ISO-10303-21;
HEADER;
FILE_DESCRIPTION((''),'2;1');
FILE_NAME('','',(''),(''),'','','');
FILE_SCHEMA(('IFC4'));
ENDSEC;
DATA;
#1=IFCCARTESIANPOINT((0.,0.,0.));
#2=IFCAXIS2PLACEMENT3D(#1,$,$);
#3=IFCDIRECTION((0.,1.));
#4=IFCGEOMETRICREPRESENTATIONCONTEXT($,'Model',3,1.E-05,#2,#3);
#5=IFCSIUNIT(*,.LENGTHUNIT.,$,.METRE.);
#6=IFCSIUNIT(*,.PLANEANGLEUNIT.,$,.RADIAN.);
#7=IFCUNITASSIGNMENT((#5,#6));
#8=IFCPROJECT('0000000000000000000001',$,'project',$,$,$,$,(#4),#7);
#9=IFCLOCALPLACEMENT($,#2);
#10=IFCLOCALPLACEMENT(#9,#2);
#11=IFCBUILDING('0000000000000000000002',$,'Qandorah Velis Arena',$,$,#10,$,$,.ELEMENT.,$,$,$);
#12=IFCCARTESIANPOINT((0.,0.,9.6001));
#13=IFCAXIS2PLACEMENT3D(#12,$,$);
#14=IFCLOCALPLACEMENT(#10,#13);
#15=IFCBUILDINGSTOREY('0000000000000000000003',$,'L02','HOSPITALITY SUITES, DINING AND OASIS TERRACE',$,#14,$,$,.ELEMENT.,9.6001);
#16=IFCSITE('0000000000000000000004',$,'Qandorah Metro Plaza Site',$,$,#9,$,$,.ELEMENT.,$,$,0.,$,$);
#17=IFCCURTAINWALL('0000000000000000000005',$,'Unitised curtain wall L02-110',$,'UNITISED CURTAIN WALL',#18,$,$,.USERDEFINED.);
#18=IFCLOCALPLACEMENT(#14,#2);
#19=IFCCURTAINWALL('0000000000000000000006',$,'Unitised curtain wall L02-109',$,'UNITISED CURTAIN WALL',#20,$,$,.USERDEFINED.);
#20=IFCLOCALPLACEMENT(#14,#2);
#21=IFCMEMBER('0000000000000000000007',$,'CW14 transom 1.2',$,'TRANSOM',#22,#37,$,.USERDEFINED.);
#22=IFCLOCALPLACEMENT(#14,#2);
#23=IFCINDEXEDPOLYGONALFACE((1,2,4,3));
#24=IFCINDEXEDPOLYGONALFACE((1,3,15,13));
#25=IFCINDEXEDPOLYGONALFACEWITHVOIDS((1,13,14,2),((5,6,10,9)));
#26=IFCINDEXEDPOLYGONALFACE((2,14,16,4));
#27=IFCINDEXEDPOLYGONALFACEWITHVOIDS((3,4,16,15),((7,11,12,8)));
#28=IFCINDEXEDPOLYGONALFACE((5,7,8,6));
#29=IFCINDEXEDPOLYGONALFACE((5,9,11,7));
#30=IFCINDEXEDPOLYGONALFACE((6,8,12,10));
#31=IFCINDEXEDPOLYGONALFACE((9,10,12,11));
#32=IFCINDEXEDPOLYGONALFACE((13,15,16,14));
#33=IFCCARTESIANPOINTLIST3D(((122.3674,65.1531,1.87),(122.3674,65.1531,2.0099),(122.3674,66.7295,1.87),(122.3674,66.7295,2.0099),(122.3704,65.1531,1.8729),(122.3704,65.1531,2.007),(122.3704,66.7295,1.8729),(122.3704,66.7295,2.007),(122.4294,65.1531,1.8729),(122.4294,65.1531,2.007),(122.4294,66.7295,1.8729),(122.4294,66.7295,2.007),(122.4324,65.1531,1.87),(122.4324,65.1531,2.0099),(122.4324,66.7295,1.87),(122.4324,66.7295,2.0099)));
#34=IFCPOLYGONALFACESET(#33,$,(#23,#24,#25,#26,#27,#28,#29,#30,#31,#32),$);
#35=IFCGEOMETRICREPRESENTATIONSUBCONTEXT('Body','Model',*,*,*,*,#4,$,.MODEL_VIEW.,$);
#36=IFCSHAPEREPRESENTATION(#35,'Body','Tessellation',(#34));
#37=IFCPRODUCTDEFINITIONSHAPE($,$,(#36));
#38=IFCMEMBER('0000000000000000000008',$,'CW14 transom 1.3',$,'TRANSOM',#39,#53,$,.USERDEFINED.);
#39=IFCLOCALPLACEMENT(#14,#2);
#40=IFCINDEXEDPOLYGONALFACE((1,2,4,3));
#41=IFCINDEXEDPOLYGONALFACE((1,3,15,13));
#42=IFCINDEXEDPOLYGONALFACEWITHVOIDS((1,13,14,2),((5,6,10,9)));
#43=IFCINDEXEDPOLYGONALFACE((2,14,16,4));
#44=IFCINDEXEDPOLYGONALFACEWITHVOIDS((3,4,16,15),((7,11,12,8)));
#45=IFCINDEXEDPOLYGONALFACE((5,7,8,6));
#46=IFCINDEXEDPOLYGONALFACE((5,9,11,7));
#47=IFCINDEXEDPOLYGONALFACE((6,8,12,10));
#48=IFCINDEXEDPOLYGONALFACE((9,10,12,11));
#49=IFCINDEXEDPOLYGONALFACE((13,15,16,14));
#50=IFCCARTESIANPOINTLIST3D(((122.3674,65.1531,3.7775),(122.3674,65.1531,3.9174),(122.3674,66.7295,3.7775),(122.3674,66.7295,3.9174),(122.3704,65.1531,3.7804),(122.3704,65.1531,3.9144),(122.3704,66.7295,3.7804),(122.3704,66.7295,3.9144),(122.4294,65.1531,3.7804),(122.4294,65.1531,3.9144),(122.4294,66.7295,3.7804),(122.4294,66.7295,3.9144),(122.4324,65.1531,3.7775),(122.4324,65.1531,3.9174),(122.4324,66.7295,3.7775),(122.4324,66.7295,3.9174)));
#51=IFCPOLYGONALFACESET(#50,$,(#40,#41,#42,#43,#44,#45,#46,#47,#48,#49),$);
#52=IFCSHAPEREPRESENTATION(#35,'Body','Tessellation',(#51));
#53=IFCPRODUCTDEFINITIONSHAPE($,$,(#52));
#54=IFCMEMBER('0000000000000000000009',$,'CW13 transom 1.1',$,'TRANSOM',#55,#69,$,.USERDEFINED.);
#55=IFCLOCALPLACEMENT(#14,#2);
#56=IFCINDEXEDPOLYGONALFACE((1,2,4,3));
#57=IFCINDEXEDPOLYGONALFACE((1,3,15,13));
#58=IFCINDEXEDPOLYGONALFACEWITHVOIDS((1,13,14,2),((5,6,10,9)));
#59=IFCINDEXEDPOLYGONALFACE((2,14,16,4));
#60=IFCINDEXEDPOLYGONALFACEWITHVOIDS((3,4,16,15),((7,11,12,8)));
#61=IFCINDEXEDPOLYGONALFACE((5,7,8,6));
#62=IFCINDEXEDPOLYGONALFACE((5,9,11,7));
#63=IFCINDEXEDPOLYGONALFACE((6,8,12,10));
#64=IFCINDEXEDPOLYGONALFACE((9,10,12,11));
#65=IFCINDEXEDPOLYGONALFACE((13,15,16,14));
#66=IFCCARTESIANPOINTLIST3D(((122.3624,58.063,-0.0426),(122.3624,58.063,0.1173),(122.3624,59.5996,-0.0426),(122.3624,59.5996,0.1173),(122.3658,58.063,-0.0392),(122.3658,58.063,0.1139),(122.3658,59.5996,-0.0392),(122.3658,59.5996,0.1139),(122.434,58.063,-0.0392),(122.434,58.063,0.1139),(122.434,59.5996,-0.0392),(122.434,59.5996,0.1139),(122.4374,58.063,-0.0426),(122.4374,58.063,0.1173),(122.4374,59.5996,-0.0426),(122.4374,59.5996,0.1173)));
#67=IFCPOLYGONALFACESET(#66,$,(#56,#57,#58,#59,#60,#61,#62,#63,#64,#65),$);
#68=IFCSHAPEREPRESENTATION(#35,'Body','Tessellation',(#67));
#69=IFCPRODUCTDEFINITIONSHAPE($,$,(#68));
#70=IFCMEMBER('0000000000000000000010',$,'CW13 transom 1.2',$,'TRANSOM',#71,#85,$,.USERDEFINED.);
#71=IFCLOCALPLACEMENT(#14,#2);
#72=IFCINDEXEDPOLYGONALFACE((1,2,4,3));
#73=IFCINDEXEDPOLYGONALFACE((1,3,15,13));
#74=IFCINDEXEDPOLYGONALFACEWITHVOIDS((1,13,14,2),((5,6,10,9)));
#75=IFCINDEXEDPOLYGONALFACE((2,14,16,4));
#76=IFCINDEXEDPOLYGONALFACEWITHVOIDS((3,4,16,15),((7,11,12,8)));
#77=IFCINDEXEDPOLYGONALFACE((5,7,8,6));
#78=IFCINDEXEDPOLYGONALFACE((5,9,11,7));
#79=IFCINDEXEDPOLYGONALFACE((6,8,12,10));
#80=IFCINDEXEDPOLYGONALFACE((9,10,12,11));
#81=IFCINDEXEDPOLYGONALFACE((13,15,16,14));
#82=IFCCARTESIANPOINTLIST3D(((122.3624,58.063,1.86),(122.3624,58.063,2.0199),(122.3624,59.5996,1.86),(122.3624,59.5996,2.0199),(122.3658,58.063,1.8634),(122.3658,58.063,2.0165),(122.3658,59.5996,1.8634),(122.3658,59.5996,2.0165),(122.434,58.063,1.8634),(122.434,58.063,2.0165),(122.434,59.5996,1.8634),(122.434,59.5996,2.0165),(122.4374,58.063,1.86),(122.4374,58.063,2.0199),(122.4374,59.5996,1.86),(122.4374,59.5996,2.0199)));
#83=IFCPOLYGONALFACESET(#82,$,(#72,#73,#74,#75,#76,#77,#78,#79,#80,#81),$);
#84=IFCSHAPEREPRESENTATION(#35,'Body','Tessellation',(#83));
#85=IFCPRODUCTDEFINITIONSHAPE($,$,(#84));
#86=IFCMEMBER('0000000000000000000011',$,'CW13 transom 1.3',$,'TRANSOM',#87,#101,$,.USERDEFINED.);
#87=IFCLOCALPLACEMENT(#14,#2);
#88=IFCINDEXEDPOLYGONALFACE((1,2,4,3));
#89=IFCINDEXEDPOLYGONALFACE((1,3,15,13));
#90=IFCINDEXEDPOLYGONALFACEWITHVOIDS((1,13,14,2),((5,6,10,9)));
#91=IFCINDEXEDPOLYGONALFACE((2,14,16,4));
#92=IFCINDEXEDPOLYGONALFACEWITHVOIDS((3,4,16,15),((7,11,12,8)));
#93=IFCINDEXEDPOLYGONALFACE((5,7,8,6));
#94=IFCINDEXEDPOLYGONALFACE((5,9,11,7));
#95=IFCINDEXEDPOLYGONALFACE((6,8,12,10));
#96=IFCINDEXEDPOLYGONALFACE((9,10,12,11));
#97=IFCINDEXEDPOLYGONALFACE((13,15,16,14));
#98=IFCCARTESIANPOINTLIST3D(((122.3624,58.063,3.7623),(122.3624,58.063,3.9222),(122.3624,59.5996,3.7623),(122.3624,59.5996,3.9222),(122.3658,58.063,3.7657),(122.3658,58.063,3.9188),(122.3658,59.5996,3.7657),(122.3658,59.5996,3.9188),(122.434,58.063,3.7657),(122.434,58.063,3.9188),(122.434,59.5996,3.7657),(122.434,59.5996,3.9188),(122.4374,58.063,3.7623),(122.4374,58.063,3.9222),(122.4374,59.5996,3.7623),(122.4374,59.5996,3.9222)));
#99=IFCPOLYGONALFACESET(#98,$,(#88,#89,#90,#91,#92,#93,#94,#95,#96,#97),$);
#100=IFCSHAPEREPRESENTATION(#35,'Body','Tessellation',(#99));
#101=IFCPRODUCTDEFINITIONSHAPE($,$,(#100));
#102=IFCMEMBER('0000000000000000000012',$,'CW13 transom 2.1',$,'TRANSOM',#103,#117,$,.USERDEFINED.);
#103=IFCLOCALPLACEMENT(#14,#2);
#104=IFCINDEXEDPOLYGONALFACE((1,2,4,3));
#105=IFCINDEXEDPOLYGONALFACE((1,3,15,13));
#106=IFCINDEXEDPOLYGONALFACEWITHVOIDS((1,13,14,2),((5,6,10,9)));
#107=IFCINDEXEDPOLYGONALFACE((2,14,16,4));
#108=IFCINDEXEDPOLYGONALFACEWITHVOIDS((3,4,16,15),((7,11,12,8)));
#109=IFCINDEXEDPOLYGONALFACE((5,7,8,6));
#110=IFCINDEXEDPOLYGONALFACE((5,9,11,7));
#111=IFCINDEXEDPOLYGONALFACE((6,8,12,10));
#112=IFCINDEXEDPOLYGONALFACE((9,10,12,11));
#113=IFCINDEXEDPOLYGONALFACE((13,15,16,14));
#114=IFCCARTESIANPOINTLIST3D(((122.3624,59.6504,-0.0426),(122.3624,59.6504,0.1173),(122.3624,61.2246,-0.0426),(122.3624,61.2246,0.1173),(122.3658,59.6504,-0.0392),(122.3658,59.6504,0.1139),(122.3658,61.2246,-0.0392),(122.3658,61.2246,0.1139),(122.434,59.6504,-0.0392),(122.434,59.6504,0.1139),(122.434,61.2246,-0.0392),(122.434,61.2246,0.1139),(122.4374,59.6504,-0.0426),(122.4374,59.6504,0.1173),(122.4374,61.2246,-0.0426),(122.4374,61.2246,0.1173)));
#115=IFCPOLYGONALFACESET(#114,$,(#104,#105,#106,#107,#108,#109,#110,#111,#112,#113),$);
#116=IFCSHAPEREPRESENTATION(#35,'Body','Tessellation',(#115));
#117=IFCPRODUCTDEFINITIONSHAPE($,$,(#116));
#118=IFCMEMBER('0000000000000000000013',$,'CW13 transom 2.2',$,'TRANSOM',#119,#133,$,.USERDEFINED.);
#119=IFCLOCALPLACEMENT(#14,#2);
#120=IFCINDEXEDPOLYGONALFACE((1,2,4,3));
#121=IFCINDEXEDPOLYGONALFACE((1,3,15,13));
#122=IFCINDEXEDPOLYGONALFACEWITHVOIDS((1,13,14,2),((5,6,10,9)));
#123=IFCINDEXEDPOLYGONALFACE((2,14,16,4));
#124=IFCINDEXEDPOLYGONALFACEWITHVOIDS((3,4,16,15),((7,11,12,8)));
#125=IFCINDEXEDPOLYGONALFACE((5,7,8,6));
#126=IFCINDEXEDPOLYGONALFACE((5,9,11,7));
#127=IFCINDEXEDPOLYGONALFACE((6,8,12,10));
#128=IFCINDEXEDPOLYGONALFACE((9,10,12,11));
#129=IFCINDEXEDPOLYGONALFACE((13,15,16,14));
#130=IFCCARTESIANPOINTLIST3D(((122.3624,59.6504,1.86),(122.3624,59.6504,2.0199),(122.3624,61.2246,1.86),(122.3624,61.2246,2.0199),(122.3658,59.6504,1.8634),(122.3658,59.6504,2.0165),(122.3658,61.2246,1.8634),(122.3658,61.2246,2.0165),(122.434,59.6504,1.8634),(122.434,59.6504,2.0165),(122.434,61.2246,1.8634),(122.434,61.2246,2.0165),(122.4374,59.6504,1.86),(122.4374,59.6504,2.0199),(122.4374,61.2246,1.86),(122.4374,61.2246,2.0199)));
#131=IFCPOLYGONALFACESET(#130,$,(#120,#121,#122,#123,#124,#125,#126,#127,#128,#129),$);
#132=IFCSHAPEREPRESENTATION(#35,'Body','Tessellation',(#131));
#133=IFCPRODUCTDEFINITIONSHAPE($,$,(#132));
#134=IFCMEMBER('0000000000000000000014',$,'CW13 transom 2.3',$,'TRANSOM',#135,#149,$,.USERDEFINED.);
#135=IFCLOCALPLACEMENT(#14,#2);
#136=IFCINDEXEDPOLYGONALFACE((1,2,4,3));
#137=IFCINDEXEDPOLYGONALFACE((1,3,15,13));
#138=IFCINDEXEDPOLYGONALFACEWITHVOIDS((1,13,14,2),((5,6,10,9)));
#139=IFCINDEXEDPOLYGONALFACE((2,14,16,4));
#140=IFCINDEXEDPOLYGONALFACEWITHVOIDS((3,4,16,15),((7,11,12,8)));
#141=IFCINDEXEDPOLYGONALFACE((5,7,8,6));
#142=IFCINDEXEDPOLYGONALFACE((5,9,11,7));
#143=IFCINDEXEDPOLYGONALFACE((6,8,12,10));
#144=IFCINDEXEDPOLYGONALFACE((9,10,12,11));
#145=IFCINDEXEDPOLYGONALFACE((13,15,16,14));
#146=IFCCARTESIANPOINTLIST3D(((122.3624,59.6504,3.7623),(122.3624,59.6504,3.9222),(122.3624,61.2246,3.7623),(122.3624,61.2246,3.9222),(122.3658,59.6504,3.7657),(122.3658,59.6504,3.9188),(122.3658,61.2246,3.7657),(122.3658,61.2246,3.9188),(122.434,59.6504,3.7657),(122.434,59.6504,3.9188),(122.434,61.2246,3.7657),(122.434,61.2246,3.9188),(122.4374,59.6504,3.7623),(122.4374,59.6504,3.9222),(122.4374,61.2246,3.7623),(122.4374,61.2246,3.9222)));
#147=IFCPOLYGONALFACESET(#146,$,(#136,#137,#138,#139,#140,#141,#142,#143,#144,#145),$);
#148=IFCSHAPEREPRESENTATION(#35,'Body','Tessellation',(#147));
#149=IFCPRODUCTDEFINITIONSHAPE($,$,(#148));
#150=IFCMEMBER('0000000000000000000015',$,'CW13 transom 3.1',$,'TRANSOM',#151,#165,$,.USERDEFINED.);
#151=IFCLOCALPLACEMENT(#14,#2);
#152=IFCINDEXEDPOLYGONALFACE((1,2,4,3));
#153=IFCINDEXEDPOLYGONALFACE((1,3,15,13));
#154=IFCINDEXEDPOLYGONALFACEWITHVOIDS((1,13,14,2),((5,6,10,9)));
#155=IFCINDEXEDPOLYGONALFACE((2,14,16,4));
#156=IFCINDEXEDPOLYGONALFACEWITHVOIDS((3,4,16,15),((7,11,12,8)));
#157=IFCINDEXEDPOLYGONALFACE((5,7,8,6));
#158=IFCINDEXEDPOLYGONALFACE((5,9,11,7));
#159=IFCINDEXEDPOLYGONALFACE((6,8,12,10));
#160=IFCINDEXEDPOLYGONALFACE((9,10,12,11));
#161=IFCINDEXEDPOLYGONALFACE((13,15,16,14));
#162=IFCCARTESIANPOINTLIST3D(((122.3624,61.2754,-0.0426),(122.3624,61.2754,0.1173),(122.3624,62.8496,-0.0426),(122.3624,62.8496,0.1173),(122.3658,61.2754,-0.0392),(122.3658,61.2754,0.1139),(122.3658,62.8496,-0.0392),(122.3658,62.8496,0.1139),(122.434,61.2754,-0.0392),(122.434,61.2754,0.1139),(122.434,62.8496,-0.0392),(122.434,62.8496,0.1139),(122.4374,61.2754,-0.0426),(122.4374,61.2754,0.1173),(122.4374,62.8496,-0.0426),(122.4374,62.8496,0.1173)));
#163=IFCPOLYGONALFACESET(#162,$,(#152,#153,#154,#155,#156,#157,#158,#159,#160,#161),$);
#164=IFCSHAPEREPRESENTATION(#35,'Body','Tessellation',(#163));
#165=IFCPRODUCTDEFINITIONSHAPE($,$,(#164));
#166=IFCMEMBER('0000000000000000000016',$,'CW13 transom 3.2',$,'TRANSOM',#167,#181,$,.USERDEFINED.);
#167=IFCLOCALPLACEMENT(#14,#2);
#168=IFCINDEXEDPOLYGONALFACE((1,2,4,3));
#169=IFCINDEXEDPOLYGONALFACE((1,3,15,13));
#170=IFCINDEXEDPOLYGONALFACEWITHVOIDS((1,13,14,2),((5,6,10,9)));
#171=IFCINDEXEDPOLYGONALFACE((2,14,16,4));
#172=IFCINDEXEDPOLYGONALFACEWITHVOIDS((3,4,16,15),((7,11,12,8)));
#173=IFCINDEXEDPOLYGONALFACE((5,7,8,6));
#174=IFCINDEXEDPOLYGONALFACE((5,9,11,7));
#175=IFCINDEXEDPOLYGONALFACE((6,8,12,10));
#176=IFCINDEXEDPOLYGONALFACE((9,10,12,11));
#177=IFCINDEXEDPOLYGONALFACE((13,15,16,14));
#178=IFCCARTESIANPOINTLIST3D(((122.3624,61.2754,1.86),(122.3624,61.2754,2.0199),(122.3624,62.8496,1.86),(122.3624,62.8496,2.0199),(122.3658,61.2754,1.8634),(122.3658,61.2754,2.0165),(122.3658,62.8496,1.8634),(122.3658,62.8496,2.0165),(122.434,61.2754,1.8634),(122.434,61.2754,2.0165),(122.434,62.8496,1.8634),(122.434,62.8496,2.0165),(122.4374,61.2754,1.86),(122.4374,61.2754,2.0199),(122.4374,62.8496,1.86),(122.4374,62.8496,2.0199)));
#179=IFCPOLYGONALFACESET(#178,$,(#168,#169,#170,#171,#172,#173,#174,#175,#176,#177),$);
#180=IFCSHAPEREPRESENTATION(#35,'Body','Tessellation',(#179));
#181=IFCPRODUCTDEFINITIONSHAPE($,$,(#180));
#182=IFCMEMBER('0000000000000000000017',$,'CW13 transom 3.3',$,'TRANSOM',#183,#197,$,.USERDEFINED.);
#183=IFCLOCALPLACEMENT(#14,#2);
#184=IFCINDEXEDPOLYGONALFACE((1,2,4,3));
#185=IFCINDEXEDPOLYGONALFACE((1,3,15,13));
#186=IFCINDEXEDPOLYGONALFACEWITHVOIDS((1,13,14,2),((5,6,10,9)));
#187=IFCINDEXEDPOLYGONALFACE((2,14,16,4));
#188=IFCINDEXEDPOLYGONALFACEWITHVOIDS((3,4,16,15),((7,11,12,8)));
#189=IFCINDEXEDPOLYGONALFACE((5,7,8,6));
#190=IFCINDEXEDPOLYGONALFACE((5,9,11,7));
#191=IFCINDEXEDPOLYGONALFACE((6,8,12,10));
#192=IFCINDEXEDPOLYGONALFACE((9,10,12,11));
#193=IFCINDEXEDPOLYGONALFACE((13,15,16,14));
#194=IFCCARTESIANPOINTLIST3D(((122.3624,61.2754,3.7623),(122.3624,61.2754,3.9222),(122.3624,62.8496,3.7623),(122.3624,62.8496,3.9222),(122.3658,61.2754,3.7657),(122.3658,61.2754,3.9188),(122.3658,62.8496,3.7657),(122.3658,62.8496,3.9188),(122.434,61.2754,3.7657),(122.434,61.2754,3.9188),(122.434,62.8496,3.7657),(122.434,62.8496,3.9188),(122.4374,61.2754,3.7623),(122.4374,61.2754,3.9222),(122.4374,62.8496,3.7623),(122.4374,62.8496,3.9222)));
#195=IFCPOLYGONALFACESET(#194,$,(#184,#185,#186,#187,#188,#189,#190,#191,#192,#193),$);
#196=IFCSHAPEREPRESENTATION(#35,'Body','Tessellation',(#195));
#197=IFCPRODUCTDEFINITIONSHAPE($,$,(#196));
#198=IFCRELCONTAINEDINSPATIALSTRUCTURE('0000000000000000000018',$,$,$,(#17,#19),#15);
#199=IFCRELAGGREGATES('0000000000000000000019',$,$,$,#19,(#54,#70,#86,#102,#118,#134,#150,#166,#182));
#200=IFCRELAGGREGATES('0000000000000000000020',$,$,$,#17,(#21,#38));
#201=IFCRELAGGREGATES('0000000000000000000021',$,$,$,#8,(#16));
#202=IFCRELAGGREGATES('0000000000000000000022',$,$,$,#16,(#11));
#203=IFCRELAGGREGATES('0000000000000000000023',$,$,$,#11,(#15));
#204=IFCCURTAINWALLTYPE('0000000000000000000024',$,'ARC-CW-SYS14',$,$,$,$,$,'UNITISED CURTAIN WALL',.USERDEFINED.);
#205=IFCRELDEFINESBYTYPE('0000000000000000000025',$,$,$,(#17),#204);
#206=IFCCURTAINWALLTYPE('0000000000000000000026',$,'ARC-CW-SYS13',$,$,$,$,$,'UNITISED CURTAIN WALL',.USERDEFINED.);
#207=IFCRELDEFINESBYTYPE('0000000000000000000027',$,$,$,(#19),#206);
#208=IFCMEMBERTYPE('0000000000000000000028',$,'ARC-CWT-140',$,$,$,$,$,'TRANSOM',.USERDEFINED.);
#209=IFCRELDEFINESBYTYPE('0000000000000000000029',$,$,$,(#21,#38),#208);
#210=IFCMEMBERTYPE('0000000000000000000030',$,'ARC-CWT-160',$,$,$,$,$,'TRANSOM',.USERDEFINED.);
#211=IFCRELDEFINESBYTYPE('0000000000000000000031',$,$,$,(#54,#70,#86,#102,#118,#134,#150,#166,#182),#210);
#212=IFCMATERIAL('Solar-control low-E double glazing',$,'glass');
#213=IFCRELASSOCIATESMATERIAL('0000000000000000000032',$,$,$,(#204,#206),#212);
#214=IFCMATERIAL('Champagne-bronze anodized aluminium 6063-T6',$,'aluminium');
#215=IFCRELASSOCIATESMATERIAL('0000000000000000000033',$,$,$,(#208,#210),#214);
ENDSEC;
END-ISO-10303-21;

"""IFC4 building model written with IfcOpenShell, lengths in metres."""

from ifc_helpers import new_model, si_unit, direction, frame, origin, origin_2d, place, context, subcontext, project, spatial, hollow_rectangle, extrude, material, material_profile, profile_set, type_object, element, aggregate, save


model = new_model("IFC4")

# Units and contexts
model_context = context("Model", 3, precision=1e-05, world=origin(), true_north=direction((0.0, 1.0)))
body_context = subcontext(model_context, "Body", "Model", "MODEL_VIEW")
ifc_project = project(units=[si_unit("LENGTHUNIT", "METRE"), si_unit("PLANEANGLEUNIT", "RADIAN")], contexts=[model_context])

# Site, building, storey
site_placement = place(None, origin())
site = spatial("IfcSite", under=ifc_project, at=site_placement, Name="Qandorah Metro Plaza Site", CompositionType="ELEMENT", RefElevation=0.0)
building_placement = place(site_placement, origin())
building = spatial("IfcBuilding", under=site, at=building_placement, Name="Qandorah Velis Arena", CompositionType="ELEMENT")
storey_placement = place(building_placement, frame((0.0, 0.0, 9.6001)))
storey = spatial("IfcBuildingStorey", under=building, at=storey_placement, Name="L02", Description="HOSPITALITY SUITES, DINING AND OASIS TERRACE", CompositionType="ELEMENT", Elevation=9.6001)

# Curtain wall
ifc_material_1 = material(Name="Solar-control low-E double glazing", Category="glass")
curtain_wall_type_1 = type_object("IfcCurtainWallType", Name="ARC-CW-SYS14", ElementType="UNITISED CURTAIN WALL", PredefinedType="USERDEFINED", material=ifc_material_1)
curtain_wall_1_placement = place(storey_placement, origin())
curtain_wall_1 = element("IfcCurtainWall", 1, at=curtain_wall_1_placement, inside=storey, type_object=curtain_wall_type_1, Name="Unitised curtain wall L02-110", ObjectType="UNITISED CURTAIN WALL", PredefinedType="USERDEFINED")
ifc_material_2 = material(Name="Champagne-bronze anodized aluminium 6063-T6", Category="aluminium")

# Curtain wall
curtain_wall_type_2 = type_object("IfcCurtainWallType", Name="ARC-CW-SYS13", ElementType="UNITISED CURTAIN WALL", PredefinedType="USERDEFINED", material=ifc_material_1)
curtain_wall_2_placement = place(storey_placement, origin())
curtain_wall_2 = element("IfcCurtainWall", 2, at=curtain_wall_2_placement, inside=storey, type_object=curtain_wall_type_2, Name="Unitised curtain wall L02-109", ObjectType="UNITISED CURTAIN WALL", PredefinedType="USERDEFINED")

# Members
ifc_material_profile_1 = material_profile(ifc_material_2, hollow_rectangle(XDim=0.0649, YDim=0.1399, WallThickness=0.0029, at=origin_2d()), Name="ALU TRANSOM 65x140")
ifc_profile_set_1 = profile_set([ifc_material_profile_1], Name="Champagne-bronze anodized aluminium 6063-T6")
member_type_1 = type_object("IfcMemberType", Name="ARC-CWT-140", ElementType="TRANSOM", PredefinedType="USERDEFINED", material=ifc_profile_set_1)
member_1_placement = place(storey_placement, frame((122.3999, 65.1531, 1.9399), z_axis=(0.0, 1.0, 0.0), x_axis=(-1.0, 0.0, 0.0)))
member_1 = element("IfcMember", 3, at=member_1_placement, type_object=member_type_1, Name="CW14 transom 1.2", ObjectType="TRANSOM", PredefinedType="USERDEFINED", context=body_context, shape_type="SweptSolid", body=[
    extrude(hollow_rectangle(XDim=0.0649, YDim=0.1399, WallThickness=0.0029, at=origin_2d()), origin(), (0.0, 0.0, 1.0), 1.5764),
])
member_2_placement = place(storey_placement, frame((122.3999, 65.1531, 3.8474), z_axis=(0.0, 1.0, 0.0), x_axis=(-1.0, 0.0, 0.0)))
member_2 = element("IfcMember", 4, at=member_2_placement, type_object=member_type_1, Name="CW14 transom 1.3", ObjectType="TRANSOM", PredefinedType="USERDEFINED", context=body_context, shape_type="SweptSolid", body=[
    extrude(hollow_rectangle(XDim=0.0649, YDim=0.1399, WallThickness=0.0029, at=origin_2d()), origin(), (0.0, 0.0, 1.0), 1.5764),
])
ifc_material_profile_2 = material_profile(ifc_material_2, hollow_rectangle(XDim=0.075, YDim=0.1599, WallThickness=0.0034, at=origin_2d()), Name="ALU TRANSOM 75x160")
ifc_profile_set_2 = profile_set([ifc_material_profile_2], Name="Champagne-bronze anodized aluminium 6063-T6")
member_type_2 = type_object("IfcMemberType", Name="ARC-CWT-160", ElementType="TRANSOM", PredefinedType="USERDEFINED", material=ifc_profile_set_2)
member_3_placement = place(storey_placement, frame((122.3999, 58.063, 0.0374), z_axis=(0.0, 1.0, 0.0), x_axis=(-1.0, 0.0, 0.0)))
member_3 = element("IfcMember", 5, at=member_3_placement, type_object=member_type_2, Name="CW13 transom 1.1", ObjectType="TRANSOM", PredefinedType="USERDEFINED", context=body_context, shape_type="SweptSolid", body=[
    extrude(hollow_rectangle(XDim=0.075, YDim=0.1599, WallThickness=0.0034, at=origin_2d()), origin(), (0.0, 0.0, 1.0), 1.5366),
])
member_4_placement = place(storey_placement, frame((122.3999, 58.063, 1.9399), z_axis=(0.0, 1.0, 0.0), x_axis=(-1.0, 0.0, 0.0)))
member_4 = element("IfcMember", 6, at=member_4_placement, type_object=member_type_2, Name="CW13 transom 1.2", ObjectType="TRANSOM", PredefinedType="USERDEFINED", context=body_context, shape_type="SweptSolid", body=[
    extrude(hollow_rectangle(XDim=0.075, YDim=0.1599, WallThickness=0.0034, at=origin_2d()), origin(), (0.0, 0.0, 1.0), 1.5366),
])
member_5_placement = place(storey_placement, frame((122.3999, 58.063, 3.8423), z_axis=(0.0, 1.0, 0.0), x_axis=(-1.0, 0.0, 0.0)))
member_5 = element("IfcMember", 7, at=member_5_placement, type_object=member_type_2, Name="CW13 transom 1.3", ObjectType="TRANSOM", PredefinedType="USERDEFINED", context=body_context, shape_type="SweptSolid", body=[
    extrude(hollow_rectangle(XDim=0.075, YDim=0.1599, WallThickness=0.0034, at=origin_2d()), origin(), (0.0, 0.0, 1.0), 1.5366),
])
member_6_placement = place(storey_placement, frame((122.3999, 59.6504, 0.0374), z_axis=(0.0, 1.0, 0.0), x_axis=(-1.0, 0.0, 0.0)))
member_6 = element("IfcMember", 8, at=member_6_placement, type_object=member_type_2, Name="CW13 transom 2.1", ObjectType="TRANSOM", PredefinedType="USERDEFINED", context=body_context, shape_type="SweptSolid", body=[
    extrude(hollow_rectangle(XDim=0.075, YDim=0.1599, WallThickness=0.0034, at=origin_2d()), origin(), (0.0, 0.0, 1.0), 1.5742),
])
member_7_placement = place(storey_placement, frame((122.3999, 59.6504, 1.9399), z_axis=(0.0, 1.0, 0.0), x_axis=(-1.0, 0.0, 0.0)))
member_7 = element("IfcMember", 9, at=member_7_placement, type_object=member_type_2, Name="CW13 transom 2.2", ObjectType="TRANSOM", PredefinedType="USERDEFINED", context=body_context, shape_type="SweptSolid", body=[
    extrude(hollow_rectangle(XDim=0.075, YDim=0.1599, WallThickness=0.0034, at=origin_2d()), origin(), (0.0, 0.0, 1.0), 1.5742),
])
member_8_placement = place(storey_placement, frame((122.3999, 59.6504, 3.8423), z_axis=(0.0, 1.0, 0.0), x_axis=(-1.0, 0.0, 0.0)))
member_8 = element("IfcMember", 10, at=member_8_placement, type_object=member_type_2, Name="CW13 transom 2.3", ObjectType="TRANSOM", PredefinedType="USERDEFINED", context=body_context, shape_type="SweptSolid", body=[
    extrude(hollow_rectangle(XDim=0.075, YDim=0.1599, WallThickness=0.0034, at=origin_2d()), origin(), (0.0, 0.0, 1.0), 1.5742),
])
member_9_placement = place(storey_placement, frame((122.3999, 61.2754, 0.0374), z_axis=(0.0, 1.0, 0.0), x_axis=(-1.0, 0.0, 0.0)))
member_9 = element("IfcMember", 11, at=member_9_placement, type_object=member_type_2, Name="CW13 transom 3.1", ObjectType="TRANSOM", PredefinedType="USERDEFINED", context=body_context, shape_type="SweptSolid", body=[
    extrude(hollow_rectangle(XDim=0.075, YDim=0.1599, WallThickness=0.0034, at=origin_2d()), origin(), (0.0, 0.0, 1.0), 1.5742),
])
member_10_placement = place(storey_placement, frame((122.3999, 61.2754, 1.9399), z_axis=(0.0, 1.0, 0.0), x_axis=(-1.0, 0.0, 0.0)))
member_10 = element("IfcMember", 12, at=member_10_placement, type_object=member_type_2, Name="CW13 transom 3.2", ObjectType="TRANSOM", PredefinedType="USERDEFINED", context=body_context, shape_type="SweptSolid", body=[
    extrude(hollow_rectangle(XDim=0.075, YDim=0.1599, WallThickness=0.0034, at=origin_2d()), origin(), (0.0, 0.0, 1.0), 1.5742),
])
member_11_placement = place(storey_placement, frame((122.3999, 61.2754, 3.8423), z_axis=(0.0, 1.0, 0.0), x_axis=(-1.0, 0.0, 0.0)))
member_11 = element("IfcMember", 13, at=member_11_placement, type_object=member_type_2, Name="CW13 transom 3.3", ObjectType="TRANSOM", PredefinedType="USERDEFINED", context=body_context, shape_type="SweptSolid", body=[
    extrude(hollow_rectangle(XDim=0.075, YDim=0.1599, WallThickness=0.0034, at=origin_2d()), origin(), (0.0, 0.0, 1.0), 1.5742),
])

aggregate(curtain_wall_2, [member_3, member_4, member_5, member_6, member_7, member_8, member_9, member_10, member_11])
aggregate(curtain_wall_1, [member_1, member_2])

save(model, "model.ifc")
